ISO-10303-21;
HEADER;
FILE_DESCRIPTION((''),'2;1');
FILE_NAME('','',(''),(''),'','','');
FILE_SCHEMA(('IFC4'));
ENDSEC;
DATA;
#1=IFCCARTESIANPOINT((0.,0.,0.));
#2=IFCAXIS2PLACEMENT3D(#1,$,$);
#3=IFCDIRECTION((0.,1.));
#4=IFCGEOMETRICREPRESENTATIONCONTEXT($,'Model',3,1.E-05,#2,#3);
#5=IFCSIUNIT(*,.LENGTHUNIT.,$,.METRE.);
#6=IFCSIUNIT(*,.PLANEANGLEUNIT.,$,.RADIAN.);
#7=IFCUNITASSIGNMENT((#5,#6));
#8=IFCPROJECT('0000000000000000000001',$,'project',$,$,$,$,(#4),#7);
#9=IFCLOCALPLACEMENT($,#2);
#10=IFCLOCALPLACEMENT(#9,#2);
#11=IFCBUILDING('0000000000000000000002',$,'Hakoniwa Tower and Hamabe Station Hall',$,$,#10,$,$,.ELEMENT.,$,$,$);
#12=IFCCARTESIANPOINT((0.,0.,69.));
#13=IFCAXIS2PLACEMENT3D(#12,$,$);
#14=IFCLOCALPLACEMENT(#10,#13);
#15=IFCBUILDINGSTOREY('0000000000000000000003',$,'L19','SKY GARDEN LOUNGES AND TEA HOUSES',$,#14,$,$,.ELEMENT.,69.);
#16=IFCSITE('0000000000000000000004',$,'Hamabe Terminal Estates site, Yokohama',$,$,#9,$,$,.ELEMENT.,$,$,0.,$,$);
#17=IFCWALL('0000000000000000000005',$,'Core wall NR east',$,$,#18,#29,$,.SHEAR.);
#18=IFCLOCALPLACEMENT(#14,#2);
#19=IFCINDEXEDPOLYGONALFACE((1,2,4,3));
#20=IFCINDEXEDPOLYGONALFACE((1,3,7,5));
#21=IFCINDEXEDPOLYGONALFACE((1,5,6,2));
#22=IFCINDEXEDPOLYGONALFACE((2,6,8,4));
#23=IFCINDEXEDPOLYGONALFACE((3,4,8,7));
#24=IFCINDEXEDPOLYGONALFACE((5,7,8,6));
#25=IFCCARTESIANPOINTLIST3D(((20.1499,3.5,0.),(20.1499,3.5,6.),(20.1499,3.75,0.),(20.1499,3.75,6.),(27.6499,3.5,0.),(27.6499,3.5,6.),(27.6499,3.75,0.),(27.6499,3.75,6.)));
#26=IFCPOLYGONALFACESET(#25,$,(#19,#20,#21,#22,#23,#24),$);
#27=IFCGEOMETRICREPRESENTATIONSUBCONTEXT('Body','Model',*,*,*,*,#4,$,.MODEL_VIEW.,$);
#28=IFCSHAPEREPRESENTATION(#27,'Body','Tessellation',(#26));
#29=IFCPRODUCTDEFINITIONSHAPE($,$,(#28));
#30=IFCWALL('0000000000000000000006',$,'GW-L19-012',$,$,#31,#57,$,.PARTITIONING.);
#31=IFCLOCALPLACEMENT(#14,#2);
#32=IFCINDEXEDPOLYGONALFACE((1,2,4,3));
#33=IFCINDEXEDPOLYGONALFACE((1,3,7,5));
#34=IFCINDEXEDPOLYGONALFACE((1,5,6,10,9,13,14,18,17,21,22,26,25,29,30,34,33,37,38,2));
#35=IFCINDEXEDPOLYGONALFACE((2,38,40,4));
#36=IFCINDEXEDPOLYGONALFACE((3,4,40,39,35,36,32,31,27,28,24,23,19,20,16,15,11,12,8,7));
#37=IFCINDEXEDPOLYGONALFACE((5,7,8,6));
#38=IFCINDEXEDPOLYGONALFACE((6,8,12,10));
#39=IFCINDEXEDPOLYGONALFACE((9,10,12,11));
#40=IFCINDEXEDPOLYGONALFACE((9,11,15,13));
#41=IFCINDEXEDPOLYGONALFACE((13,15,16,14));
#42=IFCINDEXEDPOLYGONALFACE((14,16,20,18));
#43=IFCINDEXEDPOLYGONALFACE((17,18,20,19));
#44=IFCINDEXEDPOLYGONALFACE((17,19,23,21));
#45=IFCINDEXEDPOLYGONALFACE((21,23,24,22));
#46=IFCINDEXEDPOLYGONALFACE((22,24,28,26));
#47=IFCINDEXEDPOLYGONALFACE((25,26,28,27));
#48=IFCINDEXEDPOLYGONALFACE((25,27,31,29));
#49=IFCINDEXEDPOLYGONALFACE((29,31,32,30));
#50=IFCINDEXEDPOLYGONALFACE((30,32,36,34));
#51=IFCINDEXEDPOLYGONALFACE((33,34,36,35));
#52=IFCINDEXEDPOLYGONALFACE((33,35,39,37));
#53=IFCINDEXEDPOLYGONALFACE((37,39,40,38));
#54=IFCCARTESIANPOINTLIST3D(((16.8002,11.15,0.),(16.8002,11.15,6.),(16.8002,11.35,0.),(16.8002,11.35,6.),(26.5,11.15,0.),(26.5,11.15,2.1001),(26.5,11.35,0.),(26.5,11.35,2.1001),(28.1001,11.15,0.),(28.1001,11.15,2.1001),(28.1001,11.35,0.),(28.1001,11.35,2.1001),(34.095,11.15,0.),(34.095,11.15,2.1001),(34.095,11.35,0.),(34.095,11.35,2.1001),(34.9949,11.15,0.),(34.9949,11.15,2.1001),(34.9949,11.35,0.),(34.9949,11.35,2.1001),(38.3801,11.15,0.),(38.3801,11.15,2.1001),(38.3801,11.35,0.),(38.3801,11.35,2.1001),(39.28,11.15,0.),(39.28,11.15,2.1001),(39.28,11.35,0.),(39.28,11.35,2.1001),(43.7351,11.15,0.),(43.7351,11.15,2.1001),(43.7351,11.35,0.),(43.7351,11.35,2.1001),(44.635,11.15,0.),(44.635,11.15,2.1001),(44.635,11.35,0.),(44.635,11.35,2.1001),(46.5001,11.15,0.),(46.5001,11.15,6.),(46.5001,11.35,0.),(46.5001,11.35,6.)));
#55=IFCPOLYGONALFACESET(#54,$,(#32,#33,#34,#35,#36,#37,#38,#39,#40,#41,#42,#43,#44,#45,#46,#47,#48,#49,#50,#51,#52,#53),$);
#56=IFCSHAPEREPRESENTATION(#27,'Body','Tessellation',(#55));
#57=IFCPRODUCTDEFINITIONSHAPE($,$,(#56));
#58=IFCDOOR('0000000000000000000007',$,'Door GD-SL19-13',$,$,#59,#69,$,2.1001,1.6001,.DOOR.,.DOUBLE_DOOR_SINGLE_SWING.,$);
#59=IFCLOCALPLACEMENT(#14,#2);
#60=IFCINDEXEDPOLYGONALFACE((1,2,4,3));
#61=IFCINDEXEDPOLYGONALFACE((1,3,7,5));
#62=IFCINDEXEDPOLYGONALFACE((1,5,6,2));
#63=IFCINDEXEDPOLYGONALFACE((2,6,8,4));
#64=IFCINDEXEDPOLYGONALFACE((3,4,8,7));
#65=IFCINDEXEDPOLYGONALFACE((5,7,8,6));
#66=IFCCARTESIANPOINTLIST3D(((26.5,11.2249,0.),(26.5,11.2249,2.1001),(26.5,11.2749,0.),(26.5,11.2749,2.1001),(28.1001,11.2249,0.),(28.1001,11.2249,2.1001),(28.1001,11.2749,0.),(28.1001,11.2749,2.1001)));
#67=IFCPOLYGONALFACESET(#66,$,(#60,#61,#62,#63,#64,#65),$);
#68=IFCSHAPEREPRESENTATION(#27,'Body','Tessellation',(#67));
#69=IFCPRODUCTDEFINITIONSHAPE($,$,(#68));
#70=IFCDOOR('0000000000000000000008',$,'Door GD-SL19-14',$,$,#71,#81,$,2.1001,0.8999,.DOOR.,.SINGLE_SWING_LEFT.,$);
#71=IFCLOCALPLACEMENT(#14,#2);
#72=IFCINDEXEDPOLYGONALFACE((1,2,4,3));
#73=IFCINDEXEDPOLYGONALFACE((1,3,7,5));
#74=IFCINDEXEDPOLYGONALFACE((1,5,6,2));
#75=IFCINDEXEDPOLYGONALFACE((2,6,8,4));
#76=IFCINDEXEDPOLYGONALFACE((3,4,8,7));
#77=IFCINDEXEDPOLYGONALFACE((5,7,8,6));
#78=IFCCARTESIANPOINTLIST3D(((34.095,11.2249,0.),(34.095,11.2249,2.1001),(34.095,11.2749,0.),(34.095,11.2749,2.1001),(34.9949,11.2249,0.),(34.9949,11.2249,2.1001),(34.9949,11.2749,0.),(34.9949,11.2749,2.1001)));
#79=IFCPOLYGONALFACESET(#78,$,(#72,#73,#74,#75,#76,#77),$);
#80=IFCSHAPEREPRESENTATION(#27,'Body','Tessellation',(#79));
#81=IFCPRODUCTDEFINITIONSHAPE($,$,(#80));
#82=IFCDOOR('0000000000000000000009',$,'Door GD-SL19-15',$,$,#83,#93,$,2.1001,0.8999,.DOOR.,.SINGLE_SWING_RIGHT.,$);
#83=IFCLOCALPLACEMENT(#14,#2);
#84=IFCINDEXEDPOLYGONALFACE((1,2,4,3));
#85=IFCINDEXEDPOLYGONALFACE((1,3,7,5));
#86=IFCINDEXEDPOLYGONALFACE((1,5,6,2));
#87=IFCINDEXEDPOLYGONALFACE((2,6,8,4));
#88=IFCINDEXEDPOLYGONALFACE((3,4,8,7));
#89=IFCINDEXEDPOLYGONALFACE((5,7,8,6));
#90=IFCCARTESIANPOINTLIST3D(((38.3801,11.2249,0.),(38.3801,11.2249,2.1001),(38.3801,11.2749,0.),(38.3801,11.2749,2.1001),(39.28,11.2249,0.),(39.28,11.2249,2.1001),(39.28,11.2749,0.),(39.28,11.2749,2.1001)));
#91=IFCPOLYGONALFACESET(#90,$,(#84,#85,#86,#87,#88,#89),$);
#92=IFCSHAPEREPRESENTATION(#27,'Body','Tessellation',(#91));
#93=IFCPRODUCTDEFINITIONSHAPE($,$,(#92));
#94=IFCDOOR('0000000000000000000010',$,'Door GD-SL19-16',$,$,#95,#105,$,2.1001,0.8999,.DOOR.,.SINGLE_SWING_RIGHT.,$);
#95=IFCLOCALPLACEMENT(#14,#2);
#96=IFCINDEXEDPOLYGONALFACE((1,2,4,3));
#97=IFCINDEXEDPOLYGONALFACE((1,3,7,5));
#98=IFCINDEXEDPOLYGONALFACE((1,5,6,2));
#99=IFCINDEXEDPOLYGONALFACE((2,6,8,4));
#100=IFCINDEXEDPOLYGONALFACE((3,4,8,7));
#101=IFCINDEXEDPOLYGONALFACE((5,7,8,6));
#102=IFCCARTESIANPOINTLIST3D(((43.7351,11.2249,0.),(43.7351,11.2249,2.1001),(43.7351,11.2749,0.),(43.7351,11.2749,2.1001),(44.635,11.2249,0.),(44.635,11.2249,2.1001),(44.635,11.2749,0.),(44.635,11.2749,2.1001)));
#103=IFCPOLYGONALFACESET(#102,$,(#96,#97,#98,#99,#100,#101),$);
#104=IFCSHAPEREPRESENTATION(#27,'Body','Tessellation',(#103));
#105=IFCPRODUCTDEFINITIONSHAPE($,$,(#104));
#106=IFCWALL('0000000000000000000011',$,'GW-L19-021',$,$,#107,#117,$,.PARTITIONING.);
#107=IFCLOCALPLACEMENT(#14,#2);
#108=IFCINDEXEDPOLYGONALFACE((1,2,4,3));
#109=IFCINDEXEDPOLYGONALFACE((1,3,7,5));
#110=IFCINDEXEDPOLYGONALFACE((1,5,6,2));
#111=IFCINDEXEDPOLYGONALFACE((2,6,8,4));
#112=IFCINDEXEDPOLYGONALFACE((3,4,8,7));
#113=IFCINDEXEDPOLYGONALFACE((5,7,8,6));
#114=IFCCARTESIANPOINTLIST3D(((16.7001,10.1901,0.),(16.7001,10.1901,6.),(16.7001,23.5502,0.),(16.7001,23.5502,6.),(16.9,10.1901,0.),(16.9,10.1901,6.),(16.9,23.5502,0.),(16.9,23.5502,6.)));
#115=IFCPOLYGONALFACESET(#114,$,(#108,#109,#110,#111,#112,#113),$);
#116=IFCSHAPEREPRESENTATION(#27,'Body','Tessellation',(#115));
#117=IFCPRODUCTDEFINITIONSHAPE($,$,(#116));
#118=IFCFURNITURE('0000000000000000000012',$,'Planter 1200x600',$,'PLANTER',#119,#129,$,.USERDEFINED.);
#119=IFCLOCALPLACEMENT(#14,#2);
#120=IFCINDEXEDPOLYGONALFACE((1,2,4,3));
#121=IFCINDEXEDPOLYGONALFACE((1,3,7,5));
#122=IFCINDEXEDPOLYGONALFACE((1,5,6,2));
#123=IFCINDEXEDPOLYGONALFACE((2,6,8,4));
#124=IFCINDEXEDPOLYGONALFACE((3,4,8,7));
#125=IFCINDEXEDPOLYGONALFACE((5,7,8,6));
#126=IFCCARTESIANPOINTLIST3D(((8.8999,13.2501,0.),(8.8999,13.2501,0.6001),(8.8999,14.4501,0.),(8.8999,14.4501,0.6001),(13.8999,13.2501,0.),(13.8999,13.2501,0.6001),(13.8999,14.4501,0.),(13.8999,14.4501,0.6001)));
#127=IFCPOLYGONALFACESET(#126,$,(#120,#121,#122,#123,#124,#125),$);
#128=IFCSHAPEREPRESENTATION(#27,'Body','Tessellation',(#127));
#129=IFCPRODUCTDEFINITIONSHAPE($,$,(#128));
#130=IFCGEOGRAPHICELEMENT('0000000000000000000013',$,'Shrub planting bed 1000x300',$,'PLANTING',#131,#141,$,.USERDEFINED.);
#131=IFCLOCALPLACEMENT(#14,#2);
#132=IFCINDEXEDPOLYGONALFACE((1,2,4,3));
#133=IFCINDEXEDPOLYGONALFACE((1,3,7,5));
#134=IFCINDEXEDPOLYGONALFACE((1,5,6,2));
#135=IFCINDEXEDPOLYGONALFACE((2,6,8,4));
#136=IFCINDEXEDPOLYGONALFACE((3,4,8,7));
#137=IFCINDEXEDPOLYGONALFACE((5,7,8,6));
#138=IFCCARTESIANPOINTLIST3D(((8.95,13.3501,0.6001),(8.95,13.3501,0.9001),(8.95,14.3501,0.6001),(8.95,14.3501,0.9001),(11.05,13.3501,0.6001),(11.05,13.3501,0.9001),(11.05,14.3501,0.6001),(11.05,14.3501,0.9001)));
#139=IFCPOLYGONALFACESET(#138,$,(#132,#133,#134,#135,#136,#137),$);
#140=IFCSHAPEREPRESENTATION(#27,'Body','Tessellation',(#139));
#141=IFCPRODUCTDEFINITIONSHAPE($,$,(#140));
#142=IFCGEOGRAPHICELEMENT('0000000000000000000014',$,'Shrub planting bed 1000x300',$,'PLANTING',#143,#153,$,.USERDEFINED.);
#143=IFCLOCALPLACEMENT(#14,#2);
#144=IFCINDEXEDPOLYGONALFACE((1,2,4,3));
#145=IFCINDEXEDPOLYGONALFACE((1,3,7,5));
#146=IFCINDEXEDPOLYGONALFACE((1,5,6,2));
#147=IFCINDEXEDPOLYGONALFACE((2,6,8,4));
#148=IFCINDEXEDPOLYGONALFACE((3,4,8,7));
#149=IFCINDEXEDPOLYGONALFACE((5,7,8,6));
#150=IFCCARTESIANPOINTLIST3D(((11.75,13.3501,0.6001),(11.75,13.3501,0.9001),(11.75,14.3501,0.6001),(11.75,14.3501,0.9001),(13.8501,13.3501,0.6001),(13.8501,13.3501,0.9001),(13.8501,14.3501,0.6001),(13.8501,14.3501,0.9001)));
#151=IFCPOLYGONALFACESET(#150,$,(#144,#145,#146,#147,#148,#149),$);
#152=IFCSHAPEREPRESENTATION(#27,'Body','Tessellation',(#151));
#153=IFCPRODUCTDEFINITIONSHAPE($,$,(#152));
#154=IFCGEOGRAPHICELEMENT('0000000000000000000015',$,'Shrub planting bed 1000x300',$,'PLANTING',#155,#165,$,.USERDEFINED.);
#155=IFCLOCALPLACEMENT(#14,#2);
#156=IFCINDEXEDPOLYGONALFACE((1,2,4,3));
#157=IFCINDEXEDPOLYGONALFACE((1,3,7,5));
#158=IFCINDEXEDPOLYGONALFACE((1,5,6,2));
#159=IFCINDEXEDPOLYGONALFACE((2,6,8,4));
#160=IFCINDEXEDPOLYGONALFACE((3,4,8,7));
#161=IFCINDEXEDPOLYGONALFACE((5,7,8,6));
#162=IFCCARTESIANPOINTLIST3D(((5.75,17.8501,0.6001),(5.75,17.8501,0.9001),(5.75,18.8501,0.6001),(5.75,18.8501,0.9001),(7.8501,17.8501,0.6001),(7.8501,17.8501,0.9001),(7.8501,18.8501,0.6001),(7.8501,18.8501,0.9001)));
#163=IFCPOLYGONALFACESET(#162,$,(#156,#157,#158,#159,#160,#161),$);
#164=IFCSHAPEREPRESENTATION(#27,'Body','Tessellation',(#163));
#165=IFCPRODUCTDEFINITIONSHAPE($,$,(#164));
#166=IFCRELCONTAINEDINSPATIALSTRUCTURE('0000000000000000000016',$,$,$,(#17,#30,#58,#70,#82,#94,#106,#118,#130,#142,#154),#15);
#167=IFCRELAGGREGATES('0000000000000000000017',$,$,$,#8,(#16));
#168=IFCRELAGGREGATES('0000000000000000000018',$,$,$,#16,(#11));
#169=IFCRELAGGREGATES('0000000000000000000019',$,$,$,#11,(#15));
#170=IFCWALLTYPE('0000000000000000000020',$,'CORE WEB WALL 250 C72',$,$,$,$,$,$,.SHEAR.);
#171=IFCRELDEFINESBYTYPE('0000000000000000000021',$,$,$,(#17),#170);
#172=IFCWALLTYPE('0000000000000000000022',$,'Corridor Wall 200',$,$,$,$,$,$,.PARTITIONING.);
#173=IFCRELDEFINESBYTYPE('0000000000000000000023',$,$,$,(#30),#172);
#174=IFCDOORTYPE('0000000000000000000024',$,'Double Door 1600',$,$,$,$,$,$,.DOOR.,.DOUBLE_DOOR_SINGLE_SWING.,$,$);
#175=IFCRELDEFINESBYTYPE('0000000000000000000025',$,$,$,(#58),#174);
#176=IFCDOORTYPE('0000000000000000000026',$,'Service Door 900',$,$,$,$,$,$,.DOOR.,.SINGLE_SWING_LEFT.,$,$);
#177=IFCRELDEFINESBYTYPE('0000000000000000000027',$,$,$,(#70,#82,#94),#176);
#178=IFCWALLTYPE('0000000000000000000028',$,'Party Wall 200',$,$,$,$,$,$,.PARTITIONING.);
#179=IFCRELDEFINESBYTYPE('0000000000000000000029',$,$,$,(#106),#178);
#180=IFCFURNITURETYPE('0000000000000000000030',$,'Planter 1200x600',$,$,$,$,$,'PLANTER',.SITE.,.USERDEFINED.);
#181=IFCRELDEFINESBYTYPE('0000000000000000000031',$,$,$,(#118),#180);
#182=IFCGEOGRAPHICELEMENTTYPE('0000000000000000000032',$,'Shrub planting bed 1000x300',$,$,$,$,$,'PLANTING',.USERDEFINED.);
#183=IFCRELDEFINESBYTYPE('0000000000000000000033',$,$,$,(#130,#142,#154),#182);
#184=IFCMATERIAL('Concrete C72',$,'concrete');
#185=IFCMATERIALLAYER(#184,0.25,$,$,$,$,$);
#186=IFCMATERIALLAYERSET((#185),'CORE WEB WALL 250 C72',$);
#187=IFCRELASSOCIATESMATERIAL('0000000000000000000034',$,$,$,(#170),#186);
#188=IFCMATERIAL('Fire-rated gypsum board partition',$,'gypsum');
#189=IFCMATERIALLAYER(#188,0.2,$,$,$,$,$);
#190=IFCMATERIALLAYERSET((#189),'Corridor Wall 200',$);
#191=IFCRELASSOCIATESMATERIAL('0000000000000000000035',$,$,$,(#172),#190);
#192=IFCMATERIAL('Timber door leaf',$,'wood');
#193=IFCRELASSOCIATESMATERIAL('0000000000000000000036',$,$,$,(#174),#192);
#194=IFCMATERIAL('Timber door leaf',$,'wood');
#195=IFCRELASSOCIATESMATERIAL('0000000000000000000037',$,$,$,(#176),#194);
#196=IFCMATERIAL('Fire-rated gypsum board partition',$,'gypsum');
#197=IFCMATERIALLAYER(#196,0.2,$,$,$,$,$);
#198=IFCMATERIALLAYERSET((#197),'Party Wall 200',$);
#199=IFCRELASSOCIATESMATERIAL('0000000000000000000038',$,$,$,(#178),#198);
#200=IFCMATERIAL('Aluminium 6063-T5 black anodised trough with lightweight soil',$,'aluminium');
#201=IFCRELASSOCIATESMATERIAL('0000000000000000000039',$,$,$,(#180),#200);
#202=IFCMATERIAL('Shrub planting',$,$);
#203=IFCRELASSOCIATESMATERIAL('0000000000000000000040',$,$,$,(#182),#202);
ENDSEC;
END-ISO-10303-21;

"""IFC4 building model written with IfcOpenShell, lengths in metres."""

from ifc_helpers import new_model, si_unit, direction, frame, frame_2d, origin, origin_2d, place, context, subcontext, project, spatial, rectangle, extrude, material, layer, layer_set, type_object, element, fill, save


model = new_model("IFC4")

# Units and contexts
model_context = context("Model", 3, precision=1e-05, world=origin(), true_north=direction((0.0, 1.0)))
body_context = subcontext(model_context, "Body", "Model", "MODEL_VIEW")
ifc_project = project(units=[si_unit("LENGTHUNIT", "METRE"), si_unit("PLANEANGLEUNIT", "RADIAN")], contexts=[model_context])

# Site, building, storey
site_placement = place(None, origin())
site = spatial("IfcSite", under=ifc_project, at=site_placement, Name="Hamabe Terminal Estates site, Yokohama", CompositionType="ELEMENT", RefElevation=0.0)
building_placement = place(site_placement, origin())
building = spatial("IfcBuilding", under=site, at=building_placement, Name="Hakoniwa Tower and Hamabe Station Hall", CompositionType="ELEMENT")
storey_placement = place(building_placement, frame((0.0, 0.0, 69.0)))
storey = spatial("IfcBuildingStorey", under=building, at=storey_placement, Name="L19", Description="SKY GARDEN LOUNGES AND TEA HOUSES", CompositionType="ELEMENT", Elevation=69.0)

# Shared definitions
ifc_material_1 = material(Name="Concrete C72", Category="concrete")
ifc_layer_1 = layer(ifc_material_1, 0.25)
ifc_layer_set_1 = layer_set([ifc_layer_1], Name="CORE WEB WALL 250 C72")
wall_type_1 = type_object("IfcWallType", Name="CORE WEB WALL 250 C72", PredefinedType="SHEAR", material=ifc_layer_set_1)

# Wall
wall_1_placement = place(storey_placement, frame((20.1499, 3.625, 0.0), z_axis=(0.0, 0.0, 1.0), x_axis=(1.0, 0.0, 0.0)))
element("IfcWall", 1, at=wall_1_placement, inside=storey, type_object=wall_type_1, Name="Core wall NR east", PredefinedType="SHEAR", context=body_context, shape_type="SweptSolid", body=[
    extrude(rectangle(XDim=7.5, YDim=0.25, at=frame_2d((3.75, 0.0))), origin(), (0.0, 0.0, 1.0), 6.0),
])

# Wall, openings, doors
ifc_material_2 = material(Name="Fire-rated gypsum board partition", Category="gypsum")
ifc_layer_2 = layer(ifc_material_2, 0.2)
ifc_layer_set_2 = layer_set([ifc_layer_2], Name="Corridor Wall 200")
wall_type_2 = type_object("IfcWallType", Name="Corridor Wall 200", PredefinedType="PARTITIONING", material=ifc_layer_set_2)
wall_2_placement = place(storey_placement, frame((16.8, 11.25, 0.0), z_axis=(0.0, 0.0, 1.0), x_axis=(1.0, 0.0, 0.0)))
wall_2 = element("IfcWall", 2, at=wall_2_placement, inside=storey, type_object=wall_type_2, Name="GW-L19-012", PredefinedType="PARTITIONING", context=body_context, shape_type="SweptSolid", body=[
    extrude(rectangle(XDim=29.7, YDim=0.2, at=frame_2d((14.8501, 0.0))), origin(), (0.0, 0.0, 1.0), 6.0),
])
opening_1_placement = place(wall_2_placement, frame((9.7, 0.0, 0.0)))
opening_1 = element("IfcOpeningElement", 3, at=opening_1_placement, cuts=wall_2, PredefinedType="OPENING", context=body_context, shape_type="SweptSolid", body=[
    extrude(rectangle(XDim=1.6001, YDim=2.1001, at=frame_2d((0.8, 1.05))), frame((0.0, 0.1099, 0.0), z_axis=(0.0, -1.0, 0.0), x_axis=(1.0, 0.0, 0.0)), (0.0, 0.0, 1.0), 0.22),
])
opening_2_placement = place(wall_2_placement, frame((17.2949, 0.0, 0.0)))
opening_2 = element("IfcOpeningElement", 4, at=opening_2_placement, cuts=wall_2, PredefinedType="OPENING", context=body_context, shape_type="SweptSolid", body=[
    extrude(rectangle(XDim=0.8999, YDim=2.1001, at=frame_2d((0.45, 1.05))), frame((0.0, 0.1099, 0.0), z_axis=(0.0, -1.0, 0.0), x_axis=(1.0, 0.0, 0.0)), (0.0, 0.0, 1.0), 0.22),
])
opening_3_placement = place(wall_2_placement, frame((21.5801, 0.0, 0.0)))
opening_3 = element("IfcOpeningElement", 5, at=opening_3_placement, cuts=wall_2, PredefinedType="OPENING", context=body_context, shape_type="SweptSolid", body=[
    extrude(rectangle(XDim=0.8999, YDim=2.1001, at=frame_2d((0.45, 1.05))), frame((0.0, 0.1099, 0.0), z_axis=(0.0, -1.0, 0.0), x_axis=(1.0, 0.0, 0.0)), (0.0, 0.0, 1.0), 0.22),
])
opening_4_placement = place(wall_2_placement, frame((26.9351, 0.0, 0.0)))
opening_4 = element("IfcOpeningElement", 6, at=opening_4_placement, cuts=wall_2, PredefinedType="OPENING", context=body_context, shape_type="SweptSolid", body=[
    extrude(rectangle(XDim=0.8999, YDim=2.1001, at=frame_2d((0.45, 1.05))), frame((0.0, 0.1099, 0.0), z_axis=(0.0, -1.0, 0.0), x_axis=(1.0, 0.0, 0.0)), (0.0, 0.0, 1.0), 0.22),
])
ifc_material_3 = material(Name="Timber door leaf", Category="wood")
door_type_1 = type_object("IfcDoorType", Name="Double Door 1600", OperationType="DOUBLE_DOOR_SINGLE_SWING", PredefinedType="DOOR", material=ifc_material_3)
door_1_placement = place(opening_1_placement, origin())
door_1 = element("IfcDoor", 7, at=door_1_placement, inside=storey, type_object=door_type_1, Name="Door GD-SL19-13", OperationType="DOUBLE_DOOR_SINGLE_SWING", OverallHeight=2.1001, OverallWidth=1.6001, PredefinedType="DOOR", context=body_context, shape_type="SweptSolid", body=[
    extrude(rectangle(XDim=1.6001, YDim=2.1001, at=frame_2d((0.8, 1.05))), frame((0.0, 0.0249, 0.0), z_axis=(0.0, -1.0, 0.0), x_axis=(1.0, 0.0, 0.0)), (0.0, 0.0, 1.0), 0.05),
])
fill(opening_1, door_1)
ifc_material_4 = material(Name="Timber door leaf", Category="wood")
door_type_2 = type_object("IfcDoorType", Name="Service Door 900", OperationType="SINGLE_SWING_LEFT", PredefinedType="DOOR", material=ifc_material_4)
door_2_placement = place(opening_2_placement, origin())
door_2 = element("IfcDoor", 8, at=door_2_placement, inside=storey, type_object=door_type_2, Name="Door GD-SL19-14", OperationType="SINGLE_SWING_LEFT", OverallHeight=2.1001, OverallWidth=0.8999, PredefinedType="DOOR", context=body_context, shape_type="SweptSolid", body=[
    extrude(rectangle(XDim=0.8999, YDim=2.1001, at=frame_2d((0.45, 1.05))), frame((0.0, 0.0249, 0.0), z_axis=(0.0, -1.0, 0.0), x_axis=(1.0, 0.0, 0.0)), (0.0, 0.0, 1.0), 0.05),
])
fill(opening_2, door_2)
door_3_placement = place(opening_3_placement, origin())
door_3 = element("IfcDoor", 9, at=door_3_placement, inside=storey, type_object=door_type_2, Name="Door GD-SL19-15", OperationType="SINGLE_SWING_RIGHT", OverallHeight=2.1001, OverallWidth=0.8999, PredefinedType="DOOR", context=body_context, shape_type="SweptSolid", body=[
    extrude(rectangle(XDim=0.8999, YDim=2.1001, at=frame_2d((0.45, 1.05))), frame((0.0, 0.0249, 0.0), z_axis=(0.0, -1.0, 0.0), x_axis=(1.0, 0.0, 0.0)), (0.0, 0.0, 1.0), 0.05),
])
fill(opening_3, door_3)
door_4_placement = place(opening_4_placement, origin())
door_4 = element("IfcDoor", 10, at=door_4_placement, inside=storey, type_object=door_type_2, Name="Door GD-SL19-16", OperationType="SINGLE_SWING_RIGHT", OverallHeight=2.1001, OverallWidth=0.8999, PredefinedType="DOOR", context=body_context, shape_type="SweptSolid", body=[
    extrude(rectangle(XDim=0.8999, YDim=2.1001, at=frame_2d((0.45, 1.05))), frame((0.0, 0.0249, 0.0), z_axis=(0.0, -1.0, 0.0), x_axis=(1.0, 0.0, 0.0)), (0.0, 0.0, 1.0), 0.05),
])
fill(opening_4, door_4)

# Wall
ifc_material_5 = material(Name="Fire-rated gypsum board partition", Category="gypsum")
ifc_layer_3 = layer(ifc_material_5, 0.2)
ifc_layer_set_3 = layer_set([ifc_layer_3], Name="Party Wall 200")
wall_type_3 = type_object("IfcWallType", Name="Party Wall 200", PredefinedType="PARTITIONING", material=ifc_layer_set_3)
wall_3_placement = place(storey_placement, frame((16.8, 10.1899, 0.0), z_axis=(0.0, 0.0, 1.0), x_axis=(0.0, 1.0, 0.0)))
element("IfcWall", 11, at=wall_3_placement, inside=storey, type_object=wall_type_3, Name="GW-L19-021", PredefinedType="PARTITIONING", context=body_context, shape_type="SweptSolid", body=[
    extrude(rectangle(XDim=13.3601, YDim=0.2, at=frame_2d((6.6802, 0.0))), origin(), (0.0, 0.0, 1.0), 6.0),
])

# Furniture
ifc_material_6 = material(Name="Aluminium 6063-T5 black anodised trough with lightweight soil", Category="aluminium")
furniture_type = type_object("IfcFurnitureType", Name="Planter 1200x600", ElementType="PLANTER", AssemblyPlace="SITE", PredefinedType="USERDEFINED", material=ifc_material_6)
furniture_placement = place(storey_placement, frame((11.3999, 13.8501, 0.0), z_axis=(0.0, 0.0, 1.0), x_axis=(1.0, 0.0, 0.0)))
element("IfcFurniture", 12, at=furniture_placement, inside=storey, type_object=furniture_type, Name="Planter 1200x600", ObjectType="PLANTER", PredefinedType="USERDEFINED", context=body_context, shape_type="SweptSolid", body=[
    extrude(rectangle(XDim=5.0, YDim=1.2, at=origin_2d()), origin(), (0.0, 0.0, 1.0), 0.6001),
])

# Geographic elements
ifc_material_7 = material(Name="Shrub planting")
geographic_element_type = type_object("IfcGeographicElementType", Name="Shrub planting bed 1000x300", ElementType="PLANTING", PredefinedType="USERDEFINED", material=ifc_material_7)
for number, where, z_axis, x_axis, name in (
    (13, (10.0, 13.8501, 0.6001), (0.0, 0.0, 1.0), (1.0, 0.0, 0.0), "Shrub planting bed 1000x300"),
    (14, (12.8, 13.8501, 0.6001), (0.0, 0.0, 1.0), (1.0, 0.0, 0.0), "Shrub planting bed 1000x300"),
    (15, (6.8, 18.3501, 0.6001), (0.0, 0.0, 1.0), (1.0, 0.0, 0.0), "Shrub planting bed 1000x300"),
):
    element("IfcGeographicElement", number, at=place(storey_placement, frame(where, z_axis=z_axis, x_axis=x_axis)), inside=storey, type_object=geographic_element_type, Name=name, ObjectType="PLANTING", PredefinedType="USERDEFINED", context=body_context, shape_type="SweptSolid", body=[
        extrude(rectangle(XDim=2.1001, YDim=1.0, at=origin_2d()), origin(), (0.0, 0.0, 1.0), 0.3),
    ])

save(model, "model.ifc")
